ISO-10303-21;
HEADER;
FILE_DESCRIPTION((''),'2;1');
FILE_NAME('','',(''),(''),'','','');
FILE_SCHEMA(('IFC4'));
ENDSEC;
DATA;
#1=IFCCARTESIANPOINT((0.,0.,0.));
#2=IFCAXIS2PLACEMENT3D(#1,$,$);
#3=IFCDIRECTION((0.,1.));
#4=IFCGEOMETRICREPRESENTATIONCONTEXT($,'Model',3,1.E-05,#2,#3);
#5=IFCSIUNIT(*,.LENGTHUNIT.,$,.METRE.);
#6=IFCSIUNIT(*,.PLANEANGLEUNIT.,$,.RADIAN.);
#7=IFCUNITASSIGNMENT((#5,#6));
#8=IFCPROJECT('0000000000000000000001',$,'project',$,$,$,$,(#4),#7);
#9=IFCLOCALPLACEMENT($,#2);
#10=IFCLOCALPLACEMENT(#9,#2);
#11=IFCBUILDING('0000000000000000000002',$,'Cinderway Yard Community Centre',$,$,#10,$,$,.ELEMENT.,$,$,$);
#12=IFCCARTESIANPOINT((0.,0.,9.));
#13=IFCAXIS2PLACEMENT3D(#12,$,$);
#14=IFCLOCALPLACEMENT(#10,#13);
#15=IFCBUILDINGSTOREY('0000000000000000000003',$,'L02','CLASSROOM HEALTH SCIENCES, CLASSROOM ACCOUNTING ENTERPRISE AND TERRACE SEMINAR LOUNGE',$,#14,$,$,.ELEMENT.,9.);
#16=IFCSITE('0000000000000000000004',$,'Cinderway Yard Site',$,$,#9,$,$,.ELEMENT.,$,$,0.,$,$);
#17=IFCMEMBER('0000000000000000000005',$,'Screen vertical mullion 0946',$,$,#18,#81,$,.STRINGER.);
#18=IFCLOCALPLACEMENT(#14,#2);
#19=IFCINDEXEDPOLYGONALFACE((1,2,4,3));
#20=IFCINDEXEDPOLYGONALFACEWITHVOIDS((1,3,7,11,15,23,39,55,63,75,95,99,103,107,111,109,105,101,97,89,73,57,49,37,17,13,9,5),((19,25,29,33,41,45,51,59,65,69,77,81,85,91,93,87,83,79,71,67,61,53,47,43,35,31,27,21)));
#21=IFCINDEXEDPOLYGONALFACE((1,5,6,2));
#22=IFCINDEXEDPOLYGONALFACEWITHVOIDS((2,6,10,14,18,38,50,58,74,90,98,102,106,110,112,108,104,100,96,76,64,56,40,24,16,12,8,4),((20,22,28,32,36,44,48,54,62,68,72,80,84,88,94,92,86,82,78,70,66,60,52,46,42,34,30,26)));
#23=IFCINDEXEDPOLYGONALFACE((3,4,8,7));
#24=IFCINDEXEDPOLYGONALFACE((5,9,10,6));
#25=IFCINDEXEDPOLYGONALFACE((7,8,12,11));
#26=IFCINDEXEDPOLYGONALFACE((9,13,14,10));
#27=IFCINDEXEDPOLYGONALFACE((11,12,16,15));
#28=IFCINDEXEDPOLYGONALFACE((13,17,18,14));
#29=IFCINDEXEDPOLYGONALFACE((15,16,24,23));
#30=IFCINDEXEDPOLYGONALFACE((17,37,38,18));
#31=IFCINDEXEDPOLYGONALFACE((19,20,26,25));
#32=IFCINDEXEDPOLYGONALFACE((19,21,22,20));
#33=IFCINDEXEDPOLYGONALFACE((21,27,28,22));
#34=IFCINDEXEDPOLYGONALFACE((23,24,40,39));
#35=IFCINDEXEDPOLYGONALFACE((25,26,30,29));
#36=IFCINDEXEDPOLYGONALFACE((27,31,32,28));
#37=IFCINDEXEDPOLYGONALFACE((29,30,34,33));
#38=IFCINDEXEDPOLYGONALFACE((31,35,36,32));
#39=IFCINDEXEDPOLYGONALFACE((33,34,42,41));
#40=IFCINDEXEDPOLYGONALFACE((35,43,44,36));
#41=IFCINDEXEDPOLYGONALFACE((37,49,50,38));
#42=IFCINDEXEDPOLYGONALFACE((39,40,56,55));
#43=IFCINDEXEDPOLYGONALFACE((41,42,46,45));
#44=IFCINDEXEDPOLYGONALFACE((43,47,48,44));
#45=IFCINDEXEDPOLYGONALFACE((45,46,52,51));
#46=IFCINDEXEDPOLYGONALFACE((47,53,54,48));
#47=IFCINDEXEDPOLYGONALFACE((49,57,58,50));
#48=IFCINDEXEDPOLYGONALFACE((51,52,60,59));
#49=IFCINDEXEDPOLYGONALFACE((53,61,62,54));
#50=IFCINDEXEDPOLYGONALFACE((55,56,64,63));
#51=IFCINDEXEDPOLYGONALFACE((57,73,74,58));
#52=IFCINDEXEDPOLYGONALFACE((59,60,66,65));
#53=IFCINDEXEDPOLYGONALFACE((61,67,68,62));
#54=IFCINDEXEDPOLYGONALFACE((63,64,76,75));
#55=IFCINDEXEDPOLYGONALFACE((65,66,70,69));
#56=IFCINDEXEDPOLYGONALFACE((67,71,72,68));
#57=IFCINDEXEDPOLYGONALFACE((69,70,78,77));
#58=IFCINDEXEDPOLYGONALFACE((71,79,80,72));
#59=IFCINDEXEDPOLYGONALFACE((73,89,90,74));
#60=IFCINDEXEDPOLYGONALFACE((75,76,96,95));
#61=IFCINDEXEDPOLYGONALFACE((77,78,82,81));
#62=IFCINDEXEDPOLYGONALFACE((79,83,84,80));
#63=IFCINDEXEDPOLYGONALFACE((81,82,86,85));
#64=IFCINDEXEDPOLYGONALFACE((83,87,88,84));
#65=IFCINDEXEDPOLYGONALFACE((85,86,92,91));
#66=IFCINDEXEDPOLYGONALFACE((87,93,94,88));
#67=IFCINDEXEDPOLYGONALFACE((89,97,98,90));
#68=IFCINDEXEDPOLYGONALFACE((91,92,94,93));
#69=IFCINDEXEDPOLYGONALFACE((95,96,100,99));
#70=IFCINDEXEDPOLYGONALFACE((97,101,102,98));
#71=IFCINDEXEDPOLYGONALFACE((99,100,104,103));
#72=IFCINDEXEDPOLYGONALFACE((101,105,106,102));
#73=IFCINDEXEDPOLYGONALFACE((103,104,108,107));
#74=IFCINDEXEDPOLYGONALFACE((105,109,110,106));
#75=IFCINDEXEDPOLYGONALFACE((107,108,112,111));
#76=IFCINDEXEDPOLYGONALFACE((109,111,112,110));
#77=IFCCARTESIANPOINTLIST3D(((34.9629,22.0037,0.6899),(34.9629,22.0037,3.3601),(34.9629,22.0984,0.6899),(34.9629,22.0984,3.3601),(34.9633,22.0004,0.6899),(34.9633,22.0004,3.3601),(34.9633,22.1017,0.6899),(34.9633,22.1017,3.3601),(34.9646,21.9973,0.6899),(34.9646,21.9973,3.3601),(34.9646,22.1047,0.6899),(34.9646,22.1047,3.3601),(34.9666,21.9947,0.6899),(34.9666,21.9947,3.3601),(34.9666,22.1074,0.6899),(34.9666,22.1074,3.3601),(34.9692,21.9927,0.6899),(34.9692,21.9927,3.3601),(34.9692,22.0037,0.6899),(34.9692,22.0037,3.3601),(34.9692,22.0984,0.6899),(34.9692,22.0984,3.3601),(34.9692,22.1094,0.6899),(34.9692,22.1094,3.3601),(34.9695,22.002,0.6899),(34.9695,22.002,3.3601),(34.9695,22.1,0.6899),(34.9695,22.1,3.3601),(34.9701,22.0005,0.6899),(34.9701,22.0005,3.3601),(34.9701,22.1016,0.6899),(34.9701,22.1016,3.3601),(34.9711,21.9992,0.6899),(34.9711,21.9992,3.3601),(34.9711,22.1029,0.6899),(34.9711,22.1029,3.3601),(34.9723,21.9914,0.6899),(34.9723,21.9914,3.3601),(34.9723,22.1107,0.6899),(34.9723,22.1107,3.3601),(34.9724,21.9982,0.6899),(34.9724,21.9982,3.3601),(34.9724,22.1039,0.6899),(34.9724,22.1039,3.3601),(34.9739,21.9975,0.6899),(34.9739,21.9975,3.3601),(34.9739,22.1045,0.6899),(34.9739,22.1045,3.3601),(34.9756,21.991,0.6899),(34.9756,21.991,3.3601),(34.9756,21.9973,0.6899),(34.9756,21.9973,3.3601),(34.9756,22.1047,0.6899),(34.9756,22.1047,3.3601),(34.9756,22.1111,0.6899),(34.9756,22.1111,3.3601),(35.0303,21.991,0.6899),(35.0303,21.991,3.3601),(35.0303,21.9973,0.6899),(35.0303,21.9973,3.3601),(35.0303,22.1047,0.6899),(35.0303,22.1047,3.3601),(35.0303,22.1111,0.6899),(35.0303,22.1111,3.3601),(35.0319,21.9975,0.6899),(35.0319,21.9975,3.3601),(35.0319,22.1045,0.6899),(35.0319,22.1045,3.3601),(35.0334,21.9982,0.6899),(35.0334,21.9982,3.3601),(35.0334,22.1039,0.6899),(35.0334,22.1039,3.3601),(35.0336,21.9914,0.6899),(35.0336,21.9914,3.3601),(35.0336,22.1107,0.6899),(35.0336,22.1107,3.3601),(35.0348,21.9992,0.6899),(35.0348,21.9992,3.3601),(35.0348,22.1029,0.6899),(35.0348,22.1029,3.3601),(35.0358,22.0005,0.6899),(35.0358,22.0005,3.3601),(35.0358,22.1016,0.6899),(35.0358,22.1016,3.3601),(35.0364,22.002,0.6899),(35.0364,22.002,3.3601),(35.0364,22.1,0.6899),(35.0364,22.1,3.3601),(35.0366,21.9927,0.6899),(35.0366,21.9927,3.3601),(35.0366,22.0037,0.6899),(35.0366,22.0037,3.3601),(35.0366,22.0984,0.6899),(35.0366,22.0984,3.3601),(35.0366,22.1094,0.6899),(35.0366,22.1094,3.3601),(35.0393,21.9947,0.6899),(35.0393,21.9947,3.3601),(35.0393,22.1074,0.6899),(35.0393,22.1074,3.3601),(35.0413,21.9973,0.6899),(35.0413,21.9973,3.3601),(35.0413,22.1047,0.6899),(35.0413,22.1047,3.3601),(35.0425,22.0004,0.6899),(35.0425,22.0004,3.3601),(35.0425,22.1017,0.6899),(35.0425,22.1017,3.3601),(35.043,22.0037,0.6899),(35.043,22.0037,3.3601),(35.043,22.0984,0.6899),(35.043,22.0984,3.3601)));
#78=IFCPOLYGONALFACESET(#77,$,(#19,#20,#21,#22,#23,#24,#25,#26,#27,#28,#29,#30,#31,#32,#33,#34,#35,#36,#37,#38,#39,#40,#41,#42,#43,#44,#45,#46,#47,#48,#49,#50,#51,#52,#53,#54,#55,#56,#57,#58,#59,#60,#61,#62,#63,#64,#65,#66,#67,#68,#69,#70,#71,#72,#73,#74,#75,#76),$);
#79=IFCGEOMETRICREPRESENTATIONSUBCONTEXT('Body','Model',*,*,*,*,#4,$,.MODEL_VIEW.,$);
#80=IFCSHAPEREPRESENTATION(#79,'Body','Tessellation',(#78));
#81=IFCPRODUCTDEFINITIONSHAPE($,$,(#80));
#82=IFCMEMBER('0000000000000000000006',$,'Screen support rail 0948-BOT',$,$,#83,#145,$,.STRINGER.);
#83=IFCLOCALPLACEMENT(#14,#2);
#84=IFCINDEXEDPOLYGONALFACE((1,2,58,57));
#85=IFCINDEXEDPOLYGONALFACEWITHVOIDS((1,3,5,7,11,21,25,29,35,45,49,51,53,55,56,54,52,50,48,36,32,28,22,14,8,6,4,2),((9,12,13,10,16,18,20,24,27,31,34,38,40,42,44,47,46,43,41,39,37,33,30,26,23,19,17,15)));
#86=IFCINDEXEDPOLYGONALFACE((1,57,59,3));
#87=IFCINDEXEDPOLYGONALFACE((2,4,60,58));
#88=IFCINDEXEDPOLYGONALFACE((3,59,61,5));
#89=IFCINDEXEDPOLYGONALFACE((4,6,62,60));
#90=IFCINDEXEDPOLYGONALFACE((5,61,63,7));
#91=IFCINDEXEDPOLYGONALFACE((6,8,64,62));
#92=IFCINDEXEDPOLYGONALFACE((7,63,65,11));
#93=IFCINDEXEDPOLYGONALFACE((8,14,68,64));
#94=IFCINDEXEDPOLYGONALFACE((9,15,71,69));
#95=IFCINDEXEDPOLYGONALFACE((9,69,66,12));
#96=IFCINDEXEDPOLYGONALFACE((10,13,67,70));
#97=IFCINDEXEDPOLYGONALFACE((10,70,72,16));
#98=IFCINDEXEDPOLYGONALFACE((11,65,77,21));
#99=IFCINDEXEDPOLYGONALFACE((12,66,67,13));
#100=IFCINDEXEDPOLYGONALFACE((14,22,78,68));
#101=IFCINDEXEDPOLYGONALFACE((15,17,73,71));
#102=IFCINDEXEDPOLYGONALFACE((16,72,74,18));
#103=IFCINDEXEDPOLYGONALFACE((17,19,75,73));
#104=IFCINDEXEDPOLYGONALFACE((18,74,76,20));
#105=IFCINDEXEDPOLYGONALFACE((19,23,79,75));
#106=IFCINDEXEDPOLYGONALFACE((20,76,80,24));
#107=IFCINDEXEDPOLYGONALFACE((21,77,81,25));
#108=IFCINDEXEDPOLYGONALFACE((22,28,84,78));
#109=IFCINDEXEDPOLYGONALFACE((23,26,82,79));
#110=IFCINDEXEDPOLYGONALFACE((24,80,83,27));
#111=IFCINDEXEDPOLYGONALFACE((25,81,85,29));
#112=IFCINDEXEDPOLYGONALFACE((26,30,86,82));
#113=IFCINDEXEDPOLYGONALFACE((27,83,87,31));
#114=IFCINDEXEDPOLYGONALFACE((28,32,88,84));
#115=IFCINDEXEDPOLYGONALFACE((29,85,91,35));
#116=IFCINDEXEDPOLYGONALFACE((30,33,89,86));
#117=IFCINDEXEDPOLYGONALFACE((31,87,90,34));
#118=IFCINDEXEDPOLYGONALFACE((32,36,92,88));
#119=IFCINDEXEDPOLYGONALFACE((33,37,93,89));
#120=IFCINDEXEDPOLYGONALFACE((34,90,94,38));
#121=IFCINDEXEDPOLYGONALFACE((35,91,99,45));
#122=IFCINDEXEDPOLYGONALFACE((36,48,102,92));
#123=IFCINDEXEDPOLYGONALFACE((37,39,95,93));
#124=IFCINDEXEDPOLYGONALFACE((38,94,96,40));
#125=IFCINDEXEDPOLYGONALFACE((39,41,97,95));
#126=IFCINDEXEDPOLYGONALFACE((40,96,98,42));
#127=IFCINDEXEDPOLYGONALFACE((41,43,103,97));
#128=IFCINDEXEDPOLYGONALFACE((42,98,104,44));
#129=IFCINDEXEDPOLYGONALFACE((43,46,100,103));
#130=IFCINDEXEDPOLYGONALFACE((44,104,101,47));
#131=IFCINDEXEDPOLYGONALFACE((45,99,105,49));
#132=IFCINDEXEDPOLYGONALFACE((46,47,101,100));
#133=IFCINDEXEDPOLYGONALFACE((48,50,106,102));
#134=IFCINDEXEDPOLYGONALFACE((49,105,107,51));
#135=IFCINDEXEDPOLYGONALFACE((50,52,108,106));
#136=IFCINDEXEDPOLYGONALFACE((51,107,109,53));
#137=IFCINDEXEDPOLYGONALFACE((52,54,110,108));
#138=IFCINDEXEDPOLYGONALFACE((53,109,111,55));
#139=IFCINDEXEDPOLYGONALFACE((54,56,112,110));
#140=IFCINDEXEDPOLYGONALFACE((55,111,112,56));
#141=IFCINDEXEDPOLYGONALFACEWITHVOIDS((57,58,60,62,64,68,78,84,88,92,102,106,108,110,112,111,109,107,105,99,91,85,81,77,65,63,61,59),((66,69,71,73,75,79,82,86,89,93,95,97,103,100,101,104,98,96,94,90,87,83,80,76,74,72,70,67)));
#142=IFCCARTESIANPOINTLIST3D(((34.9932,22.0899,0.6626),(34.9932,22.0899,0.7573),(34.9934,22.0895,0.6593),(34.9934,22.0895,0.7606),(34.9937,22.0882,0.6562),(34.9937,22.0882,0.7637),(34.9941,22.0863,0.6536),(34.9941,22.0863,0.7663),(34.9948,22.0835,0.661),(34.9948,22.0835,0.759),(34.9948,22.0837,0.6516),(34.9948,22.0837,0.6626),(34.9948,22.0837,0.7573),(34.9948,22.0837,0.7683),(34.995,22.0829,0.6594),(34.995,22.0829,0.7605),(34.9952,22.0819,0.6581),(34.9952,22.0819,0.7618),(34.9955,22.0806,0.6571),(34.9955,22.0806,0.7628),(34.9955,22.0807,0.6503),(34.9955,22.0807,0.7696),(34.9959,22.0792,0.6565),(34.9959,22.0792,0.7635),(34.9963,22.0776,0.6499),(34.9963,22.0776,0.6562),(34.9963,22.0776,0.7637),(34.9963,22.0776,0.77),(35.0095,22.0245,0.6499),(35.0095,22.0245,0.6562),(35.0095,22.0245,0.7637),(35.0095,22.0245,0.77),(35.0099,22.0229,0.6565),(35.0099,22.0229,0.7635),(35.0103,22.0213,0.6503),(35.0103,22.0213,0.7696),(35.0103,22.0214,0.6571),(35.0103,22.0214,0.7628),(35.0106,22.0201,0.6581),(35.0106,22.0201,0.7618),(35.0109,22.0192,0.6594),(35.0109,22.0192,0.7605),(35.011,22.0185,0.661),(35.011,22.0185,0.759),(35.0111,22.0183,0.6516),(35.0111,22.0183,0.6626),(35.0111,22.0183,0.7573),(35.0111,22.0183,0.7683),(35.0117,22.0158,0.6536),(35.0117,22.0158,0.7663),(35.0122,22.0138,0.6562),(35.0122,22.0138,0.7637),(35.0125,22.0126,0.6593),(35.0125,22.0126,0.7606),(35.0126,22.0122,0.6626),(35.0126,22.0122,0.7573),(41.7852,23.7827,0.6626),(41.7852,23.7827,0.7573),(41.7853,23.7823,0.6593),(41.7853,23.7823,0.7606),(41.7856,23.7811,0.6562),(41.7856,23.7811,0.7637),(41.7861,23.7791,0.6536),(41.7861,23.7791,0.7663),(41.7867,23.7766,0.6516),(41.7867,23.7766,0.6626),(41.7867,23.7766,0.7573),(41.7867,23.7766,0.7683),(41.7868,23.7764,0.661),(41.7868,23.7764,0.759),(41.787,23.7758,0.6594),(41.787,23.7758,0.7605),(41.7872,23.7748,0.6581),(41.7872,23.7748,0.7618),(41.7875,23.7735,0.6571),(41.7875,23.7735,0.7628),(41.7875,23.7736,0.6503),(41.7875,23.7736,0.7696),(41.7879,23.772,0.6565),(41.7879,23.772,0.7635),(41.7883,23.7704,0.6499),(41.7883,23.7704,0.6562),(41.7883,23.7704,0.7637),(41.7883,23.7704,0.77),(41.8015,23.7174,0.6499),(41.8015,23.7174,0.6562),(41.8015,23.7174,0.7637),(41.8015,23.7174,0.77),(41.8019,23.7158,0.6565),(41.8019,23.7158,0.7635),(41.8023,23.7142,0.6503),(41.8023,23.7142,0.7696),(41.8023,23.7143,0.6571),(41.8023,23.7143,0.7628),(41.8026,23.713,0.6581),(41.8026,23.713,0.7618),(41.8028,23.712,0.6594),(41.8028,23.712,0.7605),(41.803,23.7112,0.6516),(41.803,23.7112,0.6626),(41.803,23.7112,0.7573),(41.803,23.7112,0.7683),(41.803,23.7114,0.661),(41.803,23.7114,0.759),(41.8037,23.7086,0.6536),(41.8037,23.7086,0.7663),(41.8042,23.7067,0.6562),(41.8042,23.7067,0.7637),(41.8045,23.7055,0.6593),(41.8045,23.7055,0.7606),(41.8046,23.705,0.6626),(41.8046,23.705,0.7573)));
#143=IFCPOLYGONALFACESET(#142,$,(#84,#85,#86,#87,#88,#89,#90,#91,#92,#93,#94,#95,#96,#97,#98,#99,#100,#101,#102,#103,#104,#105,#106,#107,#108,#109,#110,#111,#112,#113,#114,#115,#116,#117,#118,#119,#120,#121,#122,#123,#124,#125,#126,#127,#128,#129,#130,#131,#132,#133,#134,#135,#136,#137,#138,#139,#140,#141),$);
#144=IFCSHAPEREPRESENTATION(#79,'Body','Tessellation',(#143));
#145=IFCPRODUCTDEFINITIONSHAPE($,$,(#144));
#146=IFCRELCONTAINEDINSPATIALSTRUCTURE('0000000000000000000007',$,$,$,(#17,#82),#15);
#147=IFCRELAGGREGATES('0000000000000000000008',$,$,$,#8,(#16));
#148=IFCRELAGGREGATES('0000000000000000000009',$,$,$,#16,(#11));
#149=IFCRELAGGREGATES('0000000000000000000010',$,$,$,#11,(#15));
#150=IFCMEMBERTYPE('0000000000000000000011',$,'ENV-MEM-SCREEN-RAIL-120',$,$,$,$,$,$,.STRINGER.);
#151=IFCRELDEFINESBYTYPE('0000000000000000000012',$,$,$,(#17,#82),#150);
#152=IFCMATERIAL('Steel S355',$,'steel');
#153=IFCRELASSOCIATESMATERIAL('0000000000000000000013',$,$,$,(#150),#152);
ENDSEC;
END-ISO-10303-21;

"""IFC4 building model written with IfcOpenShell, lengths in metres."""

from ifc_helpers import new_model, si_unit, direction, frame, origin, origin_2d, place, context, subcontext, project, spatial, hollow_rectangle, extrude, material, material_profile, profile_set, type_object, element, save


model = new_model("IFC4")

# Units and contexts
model_context = context("Model", 3, precision=1e-05, world=origin(), true_north=direction((0.0, 1.0)))
body_context = subcontext(model_context, "Body", "Model", "MODEL_VIEW")
ifc_project = project(units=[si_unit("LENGTHUNIT", "METRE"), si_unit("PLANEANGLEUNIT", "RADIAN")], contexts=[model_context])

# Site, building, storey
site_placement = place(None, origin())
site = spatial("IfcSite", under=ifc_project, at=site_placement, Name="Cinderway Yard Site", CompositionType="ELEMENT", RefElevation=0.0)
building_placement = place(site_placement, origin())
building = spatial("IfcBuilding", under=site, at=building_placement, Name="Cinderway Yard Community Centre", CompositionType="ELEMENT")
storey_placement = place(building_placement, frame((0.0, 0.0, 9.0)))
storey = spatial("IfcBuildingStorey", under=building, at=storey_placement, Name="L02", Description="CLASSROOM HEALTH SCIENCES, CLASSROOM ACCOUNTING ENTERPRISE AND TERRACE SEMINAR LOUNGE", CompositionType="ELEMENT", Elevation=9.0)

# Members
ifc_material_1 = material(Name="Steel S355", Category="steel")
ifc_material_profile_1 = material_profile(ifc_material_1, hollow_rectangle(XDim=0.0801, YDim=0.1201, WallThickness=0.0063, InnerFilletRadius=0.0063, OuterFilletRadius=0.0127, at=origin_2d()), Name="Steel S355")
ifc_profile_set_1 = profile_set([ifc_material_profile_1], Name="Steel S355")
member_type_1 = type_object("IfcMemberType", Name="ENV-MEM-SCREEN-RAIL-120", PredefinedType="STRINGER", material=ifc_profile_set_1)
member_1_placement = place(storey_placement, frame((35.0029, 22.051, 0.6899), z_axis=(0.0, 0.0, 1.0), x_axis=(1.0, 0.0, 0.0)))
element("IfcMember", 1, at=member_1_placement, inside=storey, type_object=member_type_1, Name="Screen vertical mullion 0946", PredefinedType="STRINGER", context=body_context, shape_type="SweptSolid", body=[
    extrude(hollow_rectangle(XDim=0.0801, YDim=0.1201, WallThickness=0.0063, InnerFilletRadius=0.0063, OuterFilletRadius=0.0127, at=origin_2d()), origin(), (0.0, 0.0, 1.0), 2.6702),
])
for number, where, z_axis, x_axis, name in (
    (2, (35.0029, 22.051, 0.71), (0.970315, 0.241846, 0.0), (-0.241846, 0.970315, 0.0), "Screen support rail 0948-BOT"),
):
    element("IfcMember", number, at=place(storey_placement, frame(where, z_axis=z_axis, x_axis=x_axis)), inside=storey, type_object=member_type_1, Name=name, PredefinedType="STRINGER", context=body_context, shape_type="SweptSolid", body=[
        extrude(hollow_rectangle(XDim=0.0801, YDim=0.1201, WallThickness=0.0063, InnerFilletRadius=0.0063, OuterFilletRadius=0.0127, at=origin_2d()), origin(), (0.0, 0.0, 1.0), 6.9998),
    ])

save(model, "model.ifc")
